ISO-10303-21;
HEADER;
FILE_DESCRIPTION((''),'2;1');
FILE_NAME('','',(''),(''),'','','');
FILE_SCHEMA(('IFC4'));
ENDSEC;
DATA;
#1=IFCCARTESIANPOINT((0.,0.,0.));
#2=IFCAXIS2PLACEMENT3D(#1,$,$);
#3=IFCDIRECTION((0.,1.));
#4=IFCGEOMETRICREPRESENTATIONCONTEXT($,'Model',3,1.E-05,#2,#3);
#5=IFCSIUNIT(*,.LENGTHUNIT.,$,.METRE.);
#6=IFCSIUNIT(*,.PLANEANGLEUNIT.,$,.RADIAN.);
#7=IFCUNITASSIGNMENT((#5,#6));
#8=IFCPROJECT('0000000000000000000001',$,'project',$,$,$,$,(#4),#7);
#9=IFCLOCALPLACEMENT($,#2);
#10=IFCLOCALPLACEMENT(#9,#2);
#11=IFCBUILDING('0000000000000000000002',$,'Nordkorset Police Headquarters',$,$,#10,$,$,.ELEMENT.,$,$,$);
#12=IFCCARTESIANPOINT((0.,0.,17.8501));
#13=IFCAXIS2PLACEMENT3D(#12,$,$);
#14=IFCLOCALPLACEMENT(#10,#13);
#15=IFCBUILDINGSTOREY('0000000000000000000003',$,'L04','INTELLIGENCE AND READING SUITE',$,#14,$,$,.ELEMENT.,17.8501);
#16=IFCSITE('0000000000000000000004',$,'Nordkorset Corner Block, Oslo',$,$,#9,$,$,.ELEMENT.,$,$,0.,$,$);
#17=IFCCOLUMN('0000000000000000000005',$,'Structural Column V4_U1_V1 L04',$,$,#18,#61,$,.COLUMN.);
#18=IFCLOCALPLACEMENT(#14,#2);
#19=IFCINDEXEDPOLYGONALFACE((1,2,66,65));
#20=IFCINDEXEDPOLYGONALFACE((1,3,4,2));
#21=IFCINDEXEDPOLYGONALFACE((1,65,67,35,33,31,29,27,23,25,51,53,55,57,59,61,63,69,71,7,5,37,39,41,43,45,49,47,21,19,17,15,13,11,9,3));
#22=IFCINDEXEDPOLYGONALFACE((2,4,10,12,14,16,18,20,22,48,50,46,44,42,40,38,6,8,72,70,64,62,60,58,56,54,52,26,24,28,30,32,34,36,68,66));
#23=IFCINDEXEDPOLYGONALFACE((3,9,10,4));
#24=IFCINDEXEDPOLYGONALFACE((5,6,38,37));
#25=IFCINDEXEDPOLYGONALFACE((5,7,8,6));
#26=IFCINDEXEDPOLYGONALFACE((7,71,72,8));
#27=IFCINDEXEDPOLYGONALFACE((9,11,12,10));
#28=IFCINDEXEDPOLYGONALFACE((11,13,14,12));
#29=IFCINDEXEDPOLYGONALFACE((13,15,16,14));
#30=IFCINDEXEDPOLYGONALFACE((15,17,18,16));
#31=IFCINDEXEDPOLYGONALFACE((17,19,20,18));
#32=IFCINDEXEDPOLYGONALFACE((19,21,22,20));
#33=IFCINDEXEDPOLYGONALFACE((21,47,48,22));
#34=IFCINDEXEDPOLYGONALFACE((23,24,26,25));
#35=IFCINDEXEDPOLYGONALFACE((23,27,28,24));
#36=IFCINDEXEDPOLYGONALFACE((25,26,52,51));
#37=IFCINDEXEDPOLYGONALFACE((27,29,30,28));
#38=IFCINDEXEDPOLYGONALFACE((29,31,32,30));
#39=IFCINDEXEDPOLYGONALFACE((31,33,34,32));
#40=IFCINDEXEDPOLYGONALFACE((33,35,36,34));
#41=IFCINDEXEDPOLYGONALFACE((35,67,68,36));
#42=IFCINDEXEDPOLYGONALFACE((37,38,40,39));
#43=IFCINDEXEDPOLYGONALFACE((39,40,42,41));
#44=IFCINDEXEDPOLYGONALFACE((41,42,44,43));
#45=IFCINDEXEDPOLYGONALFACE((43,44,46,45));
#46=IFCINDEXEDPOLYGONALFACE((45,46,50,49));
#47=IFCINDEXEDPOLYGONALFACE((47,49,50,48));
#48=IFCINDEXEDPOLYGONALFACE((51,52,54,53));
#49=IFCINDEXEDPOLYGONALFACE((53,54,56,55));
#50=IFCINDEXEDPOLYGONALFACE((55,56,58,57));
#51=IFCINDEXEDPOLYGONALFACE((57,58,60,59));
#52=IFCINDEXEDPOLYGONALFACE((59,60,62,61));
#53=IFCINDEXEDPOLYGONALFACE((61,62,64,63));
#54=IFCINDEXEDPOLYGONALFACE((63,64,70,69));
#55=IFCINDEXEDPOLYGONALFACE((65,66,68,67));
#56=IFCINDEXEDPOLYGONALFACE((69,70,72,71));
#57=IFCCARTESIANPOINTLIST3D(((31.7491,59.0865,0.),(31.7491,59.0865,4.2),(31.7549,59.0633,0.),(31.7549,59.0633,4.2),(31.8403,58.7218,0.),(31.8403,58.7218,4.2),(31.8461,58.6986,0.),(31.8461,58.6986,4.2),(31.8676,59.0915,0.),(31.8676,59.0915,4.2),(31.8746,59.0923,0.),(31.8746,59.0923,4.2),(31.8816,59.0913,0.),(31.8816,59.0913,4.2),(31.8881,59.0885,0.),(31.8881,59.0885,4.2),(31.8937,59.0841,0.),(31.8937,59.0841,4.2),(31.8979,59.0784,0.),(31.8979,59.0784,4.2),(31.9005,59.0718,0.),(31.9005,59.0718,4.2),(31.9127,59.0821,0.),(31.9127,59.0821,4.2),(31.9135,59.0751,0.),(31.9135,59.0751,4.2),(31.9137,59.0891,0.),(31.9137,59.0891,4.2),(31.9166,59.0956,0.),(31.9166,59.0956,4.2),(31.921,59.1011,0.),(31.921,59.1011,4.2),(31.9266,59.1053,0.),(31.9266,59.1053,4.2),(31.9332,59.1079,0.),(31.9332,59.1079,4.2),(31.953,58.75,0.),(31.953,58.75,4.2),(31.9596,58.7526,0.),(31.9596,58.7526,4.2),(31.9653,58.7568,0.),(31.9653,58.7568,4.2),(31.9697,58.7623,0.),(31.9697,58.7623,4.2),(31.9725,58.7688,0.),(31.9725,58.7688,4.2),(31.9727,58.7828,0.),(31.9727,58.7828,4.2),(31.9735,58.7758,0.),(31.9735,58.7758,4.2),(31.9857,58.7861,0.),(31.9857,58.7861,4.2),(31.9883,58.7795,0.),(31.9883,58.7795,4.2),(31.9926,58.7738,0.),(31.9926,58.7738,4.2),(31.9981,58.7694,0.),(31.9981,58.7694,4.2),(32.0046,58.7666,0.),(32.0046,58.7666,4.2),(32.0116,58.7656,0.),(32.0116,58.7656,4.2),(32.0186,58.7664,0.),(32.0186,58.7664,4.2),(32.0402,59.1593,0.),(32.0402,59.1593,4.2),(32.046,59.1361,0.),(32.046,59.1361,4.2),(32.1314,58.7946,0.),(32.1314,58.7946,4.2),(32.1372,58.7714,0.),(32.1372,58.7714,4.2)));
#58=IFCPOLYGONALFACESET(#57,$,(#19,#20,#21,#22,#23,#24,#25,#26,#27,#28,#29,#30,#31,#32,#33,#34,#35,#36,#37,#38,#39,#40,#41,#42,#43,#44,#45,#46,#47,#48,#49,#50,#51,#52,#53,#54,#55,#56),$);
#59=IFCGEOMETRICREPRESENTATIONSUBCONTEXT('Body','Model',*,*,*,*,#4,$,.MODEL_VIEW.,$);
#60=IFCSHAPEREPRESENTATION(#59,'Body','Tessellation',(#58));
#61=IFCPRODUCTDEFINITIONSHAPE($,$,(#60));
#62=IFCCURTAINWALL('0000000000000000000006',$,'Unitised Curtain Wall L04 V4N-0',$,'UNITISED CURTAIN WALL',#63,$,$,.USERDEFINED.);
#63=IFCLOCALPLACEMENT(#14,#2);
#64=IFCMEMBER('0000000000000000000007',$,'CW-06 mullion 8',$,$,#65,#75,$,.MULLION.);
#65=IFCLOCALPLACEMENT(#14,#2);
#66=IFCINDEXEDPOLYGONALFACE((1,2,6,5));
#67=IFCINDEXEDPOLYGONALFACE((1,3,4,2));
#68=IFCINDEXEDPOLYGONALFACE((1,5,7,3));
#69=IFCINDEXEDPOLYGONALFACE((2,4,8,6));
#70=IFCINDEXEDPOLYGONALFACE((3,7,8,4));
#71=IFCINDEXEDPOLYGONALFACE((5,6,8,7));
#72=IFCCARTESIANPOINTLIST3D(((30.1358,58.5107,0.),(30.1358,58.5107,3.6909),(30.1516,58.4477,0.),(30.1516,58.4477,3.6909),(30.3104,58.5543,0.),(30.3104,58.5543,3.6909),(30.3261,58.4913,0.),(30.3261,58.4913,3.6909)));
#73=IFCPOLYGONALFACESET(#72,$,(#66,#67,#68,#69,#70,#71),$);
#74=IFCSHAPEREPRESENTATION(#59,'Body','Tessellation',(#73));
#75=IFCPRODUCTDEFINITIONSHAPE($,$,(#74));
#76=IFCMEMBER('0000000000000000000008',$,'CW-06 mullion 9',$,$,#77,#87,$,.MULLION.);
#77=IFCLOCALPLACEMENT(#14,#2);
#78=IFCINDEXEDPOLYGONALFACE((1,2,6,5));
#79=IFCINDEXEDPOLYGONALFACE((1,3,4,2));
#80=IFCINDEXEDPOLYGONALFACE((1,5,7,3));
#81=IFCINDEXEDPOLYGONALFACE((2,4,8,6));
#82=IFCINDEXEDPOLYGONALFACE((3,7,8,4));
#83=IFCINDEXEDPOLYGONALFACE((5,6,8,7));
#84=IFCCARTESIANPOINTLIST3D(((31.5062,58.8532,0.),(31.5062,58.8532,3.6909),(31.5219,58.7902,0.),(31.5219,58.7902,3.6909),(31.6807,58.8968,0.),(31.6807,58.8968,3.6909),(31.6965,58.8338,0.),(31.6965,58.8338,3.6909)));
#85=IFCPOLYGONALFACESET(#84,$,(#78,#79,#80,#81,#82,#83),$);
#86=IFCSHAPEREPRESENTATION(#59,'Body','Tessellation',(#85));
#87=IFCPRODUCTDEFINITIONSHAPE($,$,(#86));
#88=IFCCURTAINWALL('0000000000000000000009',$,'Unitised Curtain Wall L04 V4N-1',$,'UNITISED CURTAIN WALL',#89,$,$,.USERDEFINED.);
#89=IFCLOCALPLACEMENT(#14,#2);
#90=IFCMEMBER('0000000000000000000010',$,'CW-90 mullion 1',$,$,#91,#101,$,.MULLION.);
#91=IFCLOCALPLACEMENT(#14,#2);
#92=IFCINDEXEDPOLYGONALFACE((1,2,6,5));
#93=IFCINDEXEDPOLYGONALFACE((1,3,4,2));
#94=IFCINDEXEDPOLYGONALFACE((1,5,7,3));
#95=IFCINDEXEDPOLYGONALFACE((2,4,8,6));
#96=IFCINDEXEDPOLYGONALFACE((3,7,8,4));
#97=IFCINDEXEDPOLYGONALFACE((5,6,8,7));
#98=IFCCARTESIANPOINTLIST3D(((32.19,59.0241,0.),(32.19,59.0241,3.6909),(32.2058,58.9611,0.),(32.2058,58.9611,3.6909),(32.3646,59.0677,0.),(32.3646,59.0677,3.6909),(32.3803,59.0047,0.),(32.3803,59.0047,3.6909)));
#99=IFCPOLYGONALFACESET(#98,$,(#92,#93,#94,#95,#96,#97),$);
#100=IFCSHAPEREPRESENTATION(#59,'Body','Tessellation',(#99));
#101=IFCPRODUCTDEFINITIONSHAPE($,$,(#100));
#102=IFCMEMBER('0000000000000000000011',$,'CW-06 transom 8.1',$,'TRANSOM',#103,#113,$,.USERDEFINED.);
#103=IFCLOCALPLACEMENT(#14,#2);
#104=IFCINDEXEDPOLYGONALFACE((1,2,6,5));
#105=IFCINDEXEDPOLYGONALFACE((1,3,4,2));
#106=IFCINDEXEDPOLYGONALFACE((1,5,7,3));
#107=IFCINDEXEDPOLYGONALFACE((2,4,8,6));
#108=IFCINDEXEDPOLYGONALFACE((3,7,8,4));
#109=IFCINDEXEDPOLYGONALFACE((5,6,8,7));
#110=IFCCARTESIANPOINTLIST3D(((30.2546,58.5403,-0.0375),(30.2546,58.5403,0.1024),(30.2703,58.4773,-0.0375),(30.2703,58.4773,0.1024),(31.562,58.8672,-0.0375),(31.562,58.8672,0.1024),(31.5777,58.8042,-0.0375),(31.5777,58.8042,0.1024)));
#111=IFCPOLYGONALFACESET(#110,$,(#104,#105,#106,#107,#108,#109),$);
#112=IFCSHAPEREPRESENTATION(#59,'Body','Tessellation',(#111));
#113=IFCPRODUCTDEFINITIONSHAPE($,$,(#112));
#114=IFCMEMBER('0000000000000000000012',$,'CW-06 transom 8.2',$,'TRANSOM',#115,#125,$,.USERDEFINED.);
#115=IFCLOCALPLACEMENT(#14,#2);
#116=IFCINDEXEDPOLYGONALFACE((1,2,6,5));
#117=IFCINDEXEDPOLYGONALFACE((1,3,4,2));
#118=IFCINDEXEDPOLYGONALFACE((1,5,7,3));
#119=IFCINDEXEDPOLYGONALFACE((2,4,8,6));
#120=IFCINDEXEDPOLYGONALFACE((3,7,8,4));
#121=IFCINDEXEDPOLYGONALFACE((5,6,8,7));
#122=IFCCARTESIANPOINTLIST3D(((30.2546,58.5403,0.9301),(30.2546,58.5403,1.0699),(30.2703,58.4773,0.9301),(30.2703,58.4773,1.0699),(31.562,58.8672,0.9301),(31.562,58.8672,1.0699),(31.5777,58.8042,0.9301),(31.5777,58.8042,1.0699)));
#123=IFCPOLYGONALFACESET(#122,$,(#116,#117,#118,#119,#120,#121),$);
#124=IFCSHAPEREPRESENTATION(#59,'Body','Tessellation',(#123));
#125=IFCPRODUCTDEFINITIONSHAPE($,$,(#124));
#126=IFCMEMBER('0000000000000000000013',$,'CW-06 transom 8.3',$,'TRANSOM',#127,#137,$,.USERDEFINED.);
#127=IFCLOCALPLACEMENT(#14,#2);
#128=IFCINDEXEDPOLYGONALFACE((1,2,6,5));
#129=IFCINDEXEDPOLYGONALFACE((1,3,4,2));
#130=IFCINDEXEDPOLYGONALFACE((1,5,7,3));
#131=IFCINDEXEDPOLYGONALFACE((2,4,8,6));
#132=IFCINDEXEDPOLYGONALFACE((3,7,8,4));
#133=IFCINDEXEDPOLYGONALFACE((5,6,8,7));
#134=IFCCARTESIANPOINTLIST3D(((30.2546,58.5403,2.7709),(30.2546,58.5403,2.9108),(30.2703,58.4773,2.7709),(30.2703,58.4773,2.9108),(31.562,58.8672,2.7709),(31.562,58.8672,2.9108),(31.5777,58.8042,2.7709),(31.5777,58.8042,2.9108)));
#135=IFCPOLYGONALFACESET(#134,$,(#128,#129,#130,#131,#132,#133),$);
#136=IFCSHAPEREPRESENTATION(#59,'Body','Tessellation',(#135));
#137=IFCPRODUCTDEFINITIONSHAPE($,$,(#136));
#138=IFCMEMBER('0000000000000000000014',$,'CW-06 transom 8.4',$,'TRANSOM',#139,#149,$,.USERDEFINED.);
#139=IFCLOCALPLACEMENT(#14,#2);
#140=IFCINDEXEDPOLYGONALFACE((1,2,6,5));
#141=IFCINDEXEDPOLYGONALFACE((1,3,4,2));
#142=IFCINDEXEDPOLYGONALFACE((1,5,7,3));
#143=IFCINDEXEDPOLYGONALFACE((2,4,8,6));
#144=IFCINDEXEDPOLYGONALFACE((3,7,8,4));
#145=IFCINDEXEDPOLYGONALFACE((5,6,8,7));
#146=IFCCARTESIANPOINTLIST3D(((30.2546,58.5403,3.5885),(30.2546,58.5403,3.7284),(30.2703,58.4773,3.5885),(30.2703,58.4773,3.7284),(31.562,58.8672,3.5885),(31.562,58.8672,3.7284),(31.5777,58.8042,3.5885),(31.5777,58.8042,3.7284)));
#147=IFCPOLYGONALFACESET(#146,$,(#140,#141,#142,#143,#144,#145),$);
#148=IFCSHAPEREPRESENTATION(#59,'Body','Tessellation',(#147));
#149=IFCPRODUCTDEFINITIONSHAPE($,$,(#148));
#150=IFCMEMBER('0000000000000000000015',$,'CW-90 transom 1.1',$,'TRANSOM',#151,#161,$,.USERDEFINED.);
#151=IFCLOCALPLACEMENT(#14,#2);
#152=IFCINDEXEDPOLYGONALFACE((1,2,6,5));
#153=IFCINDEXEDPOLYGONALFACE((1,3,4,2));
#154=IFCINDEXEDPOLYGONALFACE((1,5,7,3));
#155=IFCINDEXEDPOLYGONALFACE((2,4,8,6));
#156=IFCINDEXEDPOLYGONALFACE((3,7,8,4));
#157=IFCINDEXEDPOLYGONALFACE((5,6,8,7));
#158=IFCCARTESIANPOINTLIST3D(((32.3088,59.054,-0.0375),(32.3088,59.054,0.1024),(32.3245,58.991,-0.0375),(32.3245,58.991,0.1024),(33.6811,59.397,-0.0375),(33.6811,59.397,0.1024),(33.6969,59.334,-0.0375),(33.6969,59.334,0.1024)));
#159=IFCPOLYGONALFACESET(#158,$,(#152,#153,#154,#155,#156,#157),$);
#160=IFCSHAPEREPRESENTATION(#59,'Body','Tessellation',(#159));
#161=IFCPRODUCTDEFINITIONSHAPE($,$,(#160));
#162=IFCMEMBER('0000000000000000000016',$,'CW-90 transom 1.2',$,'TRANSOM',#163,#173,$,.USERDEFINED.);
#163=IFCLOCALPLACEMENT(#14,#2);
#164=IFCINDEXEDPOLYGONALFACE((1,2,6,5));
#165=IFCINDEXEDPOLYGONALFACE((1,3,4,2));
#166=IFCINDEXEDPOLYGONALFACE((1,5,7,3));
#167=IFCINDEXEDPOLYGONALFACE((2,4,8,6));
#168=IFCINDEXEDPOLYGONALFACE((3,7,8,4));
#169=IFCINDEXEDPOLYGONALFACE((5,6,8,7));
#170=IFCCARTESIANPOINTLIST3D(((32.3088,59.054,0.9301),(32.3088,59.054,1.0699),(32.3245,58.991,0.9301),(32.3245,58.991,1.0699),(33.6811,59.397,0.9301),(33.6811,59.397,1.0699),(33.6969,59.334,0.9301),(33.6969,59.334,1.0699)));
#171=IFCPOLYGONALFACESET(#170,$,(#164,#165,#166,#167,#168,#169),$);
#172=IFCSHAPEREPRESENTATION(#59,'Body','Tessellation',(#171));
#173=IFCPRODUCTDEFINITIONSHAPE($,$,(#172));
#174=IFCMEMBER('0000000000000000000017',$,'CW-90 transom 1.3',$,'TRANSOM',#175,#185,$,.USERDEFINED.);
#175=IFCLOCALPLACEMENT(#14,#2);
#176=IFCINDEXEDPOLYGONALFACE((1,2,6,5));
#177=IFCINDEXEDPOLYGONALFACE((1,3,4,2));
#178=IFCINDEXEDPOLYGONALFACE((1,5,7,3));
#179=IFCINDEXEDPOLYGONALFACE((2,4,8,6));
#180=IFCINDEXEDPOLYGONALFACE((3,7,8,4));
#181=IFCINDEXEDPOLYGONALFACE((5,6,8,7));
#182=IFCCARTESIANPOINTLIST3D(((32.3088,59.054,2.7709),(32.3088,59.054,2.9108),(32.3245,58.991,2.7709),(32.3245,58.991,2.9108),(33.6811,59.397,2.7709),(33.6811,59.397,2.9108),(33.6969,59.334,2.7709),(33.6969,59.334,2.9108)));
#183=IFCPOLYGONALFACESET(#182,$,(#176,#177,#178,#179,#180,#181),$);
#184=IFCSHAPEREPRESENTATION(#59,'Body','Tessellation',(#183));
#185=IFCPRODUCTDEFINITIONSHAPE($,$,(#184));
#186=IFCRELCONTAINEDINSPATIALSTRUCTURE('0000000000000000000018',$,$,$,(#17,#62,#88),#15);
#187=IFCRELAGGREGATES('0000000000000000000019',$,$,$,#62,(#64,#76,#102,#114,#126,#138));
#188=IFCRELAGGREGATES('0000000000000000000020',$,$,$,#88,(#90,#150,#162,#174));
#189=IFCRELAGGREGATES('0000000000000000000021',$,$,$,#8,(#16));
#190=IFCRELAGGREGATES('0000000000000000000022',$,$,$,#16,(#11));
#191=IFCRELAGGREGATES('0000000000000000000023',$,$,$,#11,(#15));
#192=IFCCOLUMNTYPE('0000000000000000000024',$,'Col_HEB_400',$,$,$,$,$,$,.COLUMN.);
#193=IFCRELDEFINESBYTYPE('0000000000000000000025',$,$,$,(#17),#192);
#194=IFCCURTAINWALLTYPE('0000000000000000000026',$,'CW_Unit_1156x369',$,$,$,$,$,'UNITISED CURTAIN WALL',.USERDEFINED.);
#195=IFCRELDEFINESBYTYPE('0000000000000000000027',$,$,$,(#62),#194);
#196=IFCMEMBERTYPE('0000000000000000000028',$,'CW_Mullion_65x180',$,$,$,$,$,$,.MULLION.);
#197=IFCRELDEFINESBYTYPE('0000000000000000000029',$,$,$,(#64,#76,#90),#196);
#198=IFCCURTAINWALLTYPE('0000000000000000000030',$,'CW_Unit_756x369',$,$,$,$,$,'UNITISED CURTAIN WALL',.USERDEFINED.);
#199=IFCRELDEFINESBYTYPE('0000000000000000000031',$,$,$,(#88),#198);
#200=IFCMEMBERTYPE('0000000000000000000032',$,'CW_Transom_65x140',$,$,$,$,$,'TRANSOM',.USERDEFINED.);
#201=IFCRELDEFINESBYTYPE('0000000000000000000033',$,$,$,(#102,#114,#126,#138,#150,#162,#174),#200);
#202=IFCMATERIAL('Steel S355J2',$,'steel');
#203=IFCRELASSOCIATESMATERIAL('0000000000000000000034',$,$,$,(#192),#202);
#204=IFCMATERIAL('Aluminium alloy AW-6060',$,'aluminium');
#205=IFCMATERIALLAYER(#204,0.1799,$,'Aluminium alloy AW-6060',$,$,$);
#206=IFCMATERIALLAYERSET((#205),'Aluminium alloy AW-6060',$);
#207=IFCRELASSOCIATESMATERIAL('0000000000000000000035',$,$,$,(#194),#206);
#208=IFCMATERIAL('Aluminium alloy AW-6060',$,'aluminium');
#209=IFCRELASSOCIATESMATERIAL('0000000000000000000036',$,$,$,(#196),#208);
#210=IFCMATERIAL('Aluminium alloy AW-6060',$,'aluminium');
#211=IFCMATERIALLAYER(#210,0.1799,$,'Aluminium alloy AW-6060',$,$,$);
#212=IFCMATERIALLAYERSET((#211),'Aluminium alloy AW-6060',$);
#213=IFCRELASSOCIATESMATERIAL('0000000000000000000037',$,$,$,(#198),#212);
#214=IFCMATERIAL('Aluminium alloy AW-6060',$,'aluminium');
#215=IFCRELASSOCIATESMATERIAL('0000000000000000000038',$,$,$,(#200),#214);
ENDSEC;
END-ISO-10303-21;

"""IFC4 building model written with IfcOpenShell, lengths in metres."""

from ifc_helpers import new_model, si_unit, direction, frame, origin, origin_2d, place, context, subcontext, project, spatial, rectangle, i_section, extrude, material, layer, layer_set, material_profile, profile_set, type_object, element, aggregate, save


model = new_model("IFC4")

# Units and contexts
model_context = context("Model", 3, precision=1e-05, world=origin(), true_north=direction((0.0, 1.0)))
body_context = subcontext(model_context, "Body", "Model", "MODEL_VIEW")
ifc_project = project(units=[si_unit("LENGTHUNIT", "METRE"), si_unit("PLANEANGLEUNIT", "RADIAN")], contexts=[model_context])

# Site, building, storey
site_placement = place(None, origin())
site = spatial("IfcSite", under=ifc_project, at=site_placement, Name="Nordkorset Corner Block, Oslo", CompositionType="ELEMENT", RefElevation=0.0)
building_placement = place(site_placement, origin())
building = spatial("IfcBuilding", under=site, at=building_placement, Name="Nordkorset Police Headquarters", CompositionType="ELEMENT")
storey_placement = place(building_placement, frame((0.0, 0.0, 17.8501)))
storey = spatial("IfcBuildingStorey", under=building, at=storey_placement, Name="L04", Description="INTELLIGENCE AND READING SUITE", CompositionType="ELEMENT", Elevation=17.8501)

# Column
ifc_material_1 = material(Name="Steel S355J2", Category="steel")
ifc_material_profile_1 = material_profile(ifc_material_1, i_section(OverallWidth=0.3, OverallDepth=0.3999, WebThickness=0.0134, FlangeThickness=0.0239, FilletRadius=0.0271, at=origin_2d()), Name="HEB 400")
ifc_profile_set_1 = profile_set([ifc_material_profile_1], Name="Steel S355J2")
column_type = type_object("IfcColumnType", Name="Col_HEB_400", PredefinedType="COLUMN", material=ifc_profile_set_1)
column_placement = place(storey_placement, frame((31.9431, 58.929, 0.0), z_axis=(0.0, 0.0, 1.0), x_axis=(0.970143, 0.242536, 0.0)))
element("IfcColumn", 1, at=column_placement, inside=storey, type_object=column_type, Name="Structural Column V4_U1_V1 L04", PredefinedType="COLUMN", context=body_context, shape_type="SweptSolid", body=[
    extrude(i_section(OverallWidth=0.3, OverallDepth=0.3999, WebThickness=0.0134, FlangeThickness=0.0239, FilletRadius=0.0271, at=origin_2d()), origin(), (0.0, 0.0, 1.0), 4.2),
])

# Curtain wall, members
ifc_material_2 = material(Name="Aluminium alloy AW-6060", Category="aluminium")
ifc_layer_1 = layer(ifc_material_2, 0.1799, Name="Aluminium alloy AW-6060")
ifc_layer_set_1 = layer_set([ifc_layer_1], Name="Aluminium alloy AW-6060")
curtain_wall_type_1 = type_object("IfcCurtainWallType", Name="CW_Unit_1156x369", ElementType="UNITISED CURTAIN WALL", PredefinedType="USERDEFINED", material=ifc_layer_set_1)
curtain_wall_1_placement = place(storey_placement, origin())
curtain_wall_1 = element("IfcCurtainWall", 2, at=curtain_wall_1_placement, inside=storey, type_object=curtain_wall_type_1, Name="Unitised Curtain Wall L04 V4N-0", ObjectType="UNITISED CURTAIN WALL", PredefinedType="USERDEFINED")
ifc_material_3 = material(Name="Aluminium alloy AW-6060", Category="aluminium")
ifc_material_profile_2 = material_profile(ifc_material_3, rectangle(XDim=0.0649, YDim=0.1799, at=origin_2d()), Name="ALU MULL 65x180")
ifc_profile_set_2 = profile_set([ifc_material_profile_2], Name="Aluminium alloy AW-6060")
member_type_1 = type_object("IfcMemberType", Name="CW_Mullion_65x180", PredefinedType="MULLION", material=ifc_profile_set_2)
member_1_placement = place(storey_placement, frame((30.231, 58.501, 0.0), z_axis=(0.0, 0.0, 1.0), x_axis=(-0.242536, 0.970142, 0.0)))
member_1 = element("IfcMember", 3, at=member_1_placement, type_object=member_type_1, Name="CW-06 mullion 8", PredefinedType="MULLION", context=body_context, shape_type="SweptSolid", body=[
    extrude(rectangle(XDim=0.0649, YDim=0.1799, at=origin_2d()), origin(), (0.0, 0.0, 1.0), 3.6909),
])
member_2_placement = place(storey_placement, frame((31.6013, 58.8435, 0.0), z_axis=(0.0, 0.0, 1.0), x_axis=(-0.242536, 0.970142, 0.0)))
member_2 = element("IfcMember", 4, at=member_2_placement, type_object=member_type_1, Name="CW-06 mullion 9", PredefinedType="MULLION", context=body_context, shape_type="SweptSolid", body=[
    extrude(rectangle(XDim=0.0649, YDim=0.1799, at=origin_2d()), origin(), (0.0, 0.0, 1.0), 3.6909),
])

# Curtain wall, member
ifc_material_4 = material(Name="Aluminium alloy AW-6060", Category="aluminium")
ifc_layer_2 = layer(ifc_material_4, 0.1799, Name="Aluminium alloy AW-6060")
ifc_layer_set_2 = layer_set([ifc_layer_2], Name="Aluminium alloy AW-6060")
curtain_wall_type_2 = type_object("IfcCurtainWallType", Name="CW_Unit_756x369", ElementType="UNITISED CURTAIN WALL", PredefinedType="USERDEFINED", material=ifc_layer_set_2)
curtain_wall_2_placement = place(storey_placement, origin())
curtain_wall_2 = element("IfcCurtainWall", 5, at=curtain_wall_2_placement, inside=storey, type_object=curtain_wall_type_2, Name="Unitised Curtain Wall L04 V4N-1", ObjectType="UNITISED CURTAIN WALL", PredefinedType="USERDEFINED")
member_3_placement = place(storey_placement, frame((32.2852, 59.0144, 0.0), z_axis=(0.0, 0.0, 1.0), x_axis=(-0.242536, 0.970143, 0.0)))
member_3 = element("IfcMember", 6, at=member_3_placement, type_object=member_type_1, Name="CW-90 mullion 1", PredefinedType="MULLION", context=body_context, shape_type="SweptSolid", body=[
    extrude(rectangle(XDim=0.0649, YDim=0.1799, at=origin_2d()), origin(), (0.0, 0.0, 1.0), 3.6909),
])

# Members
ifc_material_5 = material(Name="Aluminium alloy AW-6060", Category="aluminium")
ifc_material_profile_3 = material_profile(ifc_material_5, rectangle(XDim=0.0649, YDim=0.1399, at=origin_2d()), Name="ALU TRAN 65x140")
ifc_profile_set_3 = profile_set([ifc_material_profile_3], Name="Aluminium alloy AW-6060")
member_type_2 = type_object("IfcMemberType", Name="CW_Transom_65x140", ElementType="TRANSOM", PredefinedType="USERDEFINED", material=ifc_profile_set_3)
member_4_placement = place(storey_placement, frame((30.2625, 58.5088, 0.0325), z_axis=(0.970132, 0.242578, 0.0), x_axis=(-0.242578, 0.970132, 0.0)))
member_4 = element("IfcMember", 7, at=member_4_placement, type_object=member_type_2, Name="CW-06 transom 8.1", ObjectType="TRANSOM", PredefinedType="USERDEFINED", context=body_context, shape_type="SweptSolid", body=[
    extrude(rectangle(XDim=0.0649, YDim=0.1399, at=origin_2d()), origin(), (0.0, 0.0, 1.0), 1.3477),
])
member_5_placement = place(storey_placement, frame((30.2625, 58.5088, 1.0), z_axis=(0.970132, 0.242578, 0.0), x_axis=(-0.242578, 0.970132, 0.0)))
member_5 = element("IfcMember", 8, at=member_5_placement, type_object=member_type_2, Name="CW-06 transom 8.2", ObjectType="TRANSOM", PredefinedType="USERDEFINED", context=body_context, shape_type="SweptSolid", body=[
    extrude(rectangle(XDim=0.0649, YDim=0.1399, at=origin_2d()), origin(), (0.0, 0.0, 1.0), 1.3477),
])
member_6_placement = place(storey_placement, frame((30.2625, 58.5088, 2.8408), z_axis=(0.970132, 0.242578, 0.0), x_axis=(-0.242578, 0.970132, 0.0)))
member_6 = element("IfcMember", 9, at=member_6_placement, type_object=member_type_2, Name="CW-06 transom 8.3", ObjectType="TRANSOM", PredefinedType="USERDEFINED", context=body_context, shape_type="SweptSolid", body=[
    extrude(rectangle(XDim=0.0649, YDim=0.1399, at=origin_2d()), origin(), (0.0, 0.0, 1.0), 1.3477),
])
member_7_placement = place(storey_placement, frame((30.2625, 58.5088, 3.6584), z_axis=(0.970132, 0.242578, 0.0), x_axis=(-0.242578, 0.970132, 0.0)))
member_7 = element("IfcMember", 10, at=member_7_placement, type_object=member_type_2, Name="CW-06 transom 8.4", ObjectType="TRANSOM", PredefinedType="USERDEFINED", context=body_context, shape_type="SweptSolid", body=[
    extrude(rectangle(XDim=0.0649, YDim=0.1399, at=origin_2d()), origin(), (0.0, 0.0, 1.0), 1.3477),
])
member_8_placement = place(storey_placement, frame((32.3167, 59.0225, 0.0325), z_axis=(0.970153, 0.242495, 0.0), x_axis=(-0.242495, 0.970153, 0.0)))
member_8 = element("IfcMember", 11, at=member_8_placement, type_object=member_type_2, Name="CW-90 transom 1.1", ObjectType="TRANSOM", PredefinedType="USERDEFINED", context=body_context, shape_type="SweptSolid", body=[
    extrude(rectangle(XDim=0.0649, YDim=0.1399, at=origin_2d()), origin(), (0.0, 0.0, 1.0), 1.4146),
])
member_9_placement = place(storey_placement, frame((32.3167, 59.0225, 1.0), z_axis=(0.970153, 0.242495, 0.0), x_axis=(-0.242495, 0.970153, 0.0)))
member_9 = element("IfcMember", 12, at=member_9_placement, type_object=member_type_2, Name="CW-90 transom 1.2", ObjectType="TRANSOM", PredefinedType="USERDEFINED", context=body_context, shape_type="SweptSolid", body=[
    extrude(rectangle(XDim=0.0649, YDim=0.1399, at=origin_2d()), origin(), (0.0, 0.0, 1.0), 1.4146),
])
member_10_placement = place(storey_placement, frame((32.3167, 59.0225, 2.8408), z_axis=(0.970153, 0.242495, 0.0), x_axis=(-0.242495, 0.970153, 0.0)))
member_10 = element("IfcMember", 13, at=member_10_placement, type_object=member_type_2, Name="CW-90 transom 1.3", ObjectType="TRANSOM", PredefinedType="USERDEFINED", context=body_context, shape_type="SweptSolid", body=[
    extrude(rectangle(XDim=0.0649, YDim=0.1399, at=origin_2d()), origin(), (0.0, 0.0, 1.0), 1.4146),
])

aggregate(curtain_wall_1, [member_1, member_2, member_4, member_5, member_6, member_7])
aggregate(curtain_wall_2, [member_3, member_8, member_9, member_10])

save(model, "model.ifc")
